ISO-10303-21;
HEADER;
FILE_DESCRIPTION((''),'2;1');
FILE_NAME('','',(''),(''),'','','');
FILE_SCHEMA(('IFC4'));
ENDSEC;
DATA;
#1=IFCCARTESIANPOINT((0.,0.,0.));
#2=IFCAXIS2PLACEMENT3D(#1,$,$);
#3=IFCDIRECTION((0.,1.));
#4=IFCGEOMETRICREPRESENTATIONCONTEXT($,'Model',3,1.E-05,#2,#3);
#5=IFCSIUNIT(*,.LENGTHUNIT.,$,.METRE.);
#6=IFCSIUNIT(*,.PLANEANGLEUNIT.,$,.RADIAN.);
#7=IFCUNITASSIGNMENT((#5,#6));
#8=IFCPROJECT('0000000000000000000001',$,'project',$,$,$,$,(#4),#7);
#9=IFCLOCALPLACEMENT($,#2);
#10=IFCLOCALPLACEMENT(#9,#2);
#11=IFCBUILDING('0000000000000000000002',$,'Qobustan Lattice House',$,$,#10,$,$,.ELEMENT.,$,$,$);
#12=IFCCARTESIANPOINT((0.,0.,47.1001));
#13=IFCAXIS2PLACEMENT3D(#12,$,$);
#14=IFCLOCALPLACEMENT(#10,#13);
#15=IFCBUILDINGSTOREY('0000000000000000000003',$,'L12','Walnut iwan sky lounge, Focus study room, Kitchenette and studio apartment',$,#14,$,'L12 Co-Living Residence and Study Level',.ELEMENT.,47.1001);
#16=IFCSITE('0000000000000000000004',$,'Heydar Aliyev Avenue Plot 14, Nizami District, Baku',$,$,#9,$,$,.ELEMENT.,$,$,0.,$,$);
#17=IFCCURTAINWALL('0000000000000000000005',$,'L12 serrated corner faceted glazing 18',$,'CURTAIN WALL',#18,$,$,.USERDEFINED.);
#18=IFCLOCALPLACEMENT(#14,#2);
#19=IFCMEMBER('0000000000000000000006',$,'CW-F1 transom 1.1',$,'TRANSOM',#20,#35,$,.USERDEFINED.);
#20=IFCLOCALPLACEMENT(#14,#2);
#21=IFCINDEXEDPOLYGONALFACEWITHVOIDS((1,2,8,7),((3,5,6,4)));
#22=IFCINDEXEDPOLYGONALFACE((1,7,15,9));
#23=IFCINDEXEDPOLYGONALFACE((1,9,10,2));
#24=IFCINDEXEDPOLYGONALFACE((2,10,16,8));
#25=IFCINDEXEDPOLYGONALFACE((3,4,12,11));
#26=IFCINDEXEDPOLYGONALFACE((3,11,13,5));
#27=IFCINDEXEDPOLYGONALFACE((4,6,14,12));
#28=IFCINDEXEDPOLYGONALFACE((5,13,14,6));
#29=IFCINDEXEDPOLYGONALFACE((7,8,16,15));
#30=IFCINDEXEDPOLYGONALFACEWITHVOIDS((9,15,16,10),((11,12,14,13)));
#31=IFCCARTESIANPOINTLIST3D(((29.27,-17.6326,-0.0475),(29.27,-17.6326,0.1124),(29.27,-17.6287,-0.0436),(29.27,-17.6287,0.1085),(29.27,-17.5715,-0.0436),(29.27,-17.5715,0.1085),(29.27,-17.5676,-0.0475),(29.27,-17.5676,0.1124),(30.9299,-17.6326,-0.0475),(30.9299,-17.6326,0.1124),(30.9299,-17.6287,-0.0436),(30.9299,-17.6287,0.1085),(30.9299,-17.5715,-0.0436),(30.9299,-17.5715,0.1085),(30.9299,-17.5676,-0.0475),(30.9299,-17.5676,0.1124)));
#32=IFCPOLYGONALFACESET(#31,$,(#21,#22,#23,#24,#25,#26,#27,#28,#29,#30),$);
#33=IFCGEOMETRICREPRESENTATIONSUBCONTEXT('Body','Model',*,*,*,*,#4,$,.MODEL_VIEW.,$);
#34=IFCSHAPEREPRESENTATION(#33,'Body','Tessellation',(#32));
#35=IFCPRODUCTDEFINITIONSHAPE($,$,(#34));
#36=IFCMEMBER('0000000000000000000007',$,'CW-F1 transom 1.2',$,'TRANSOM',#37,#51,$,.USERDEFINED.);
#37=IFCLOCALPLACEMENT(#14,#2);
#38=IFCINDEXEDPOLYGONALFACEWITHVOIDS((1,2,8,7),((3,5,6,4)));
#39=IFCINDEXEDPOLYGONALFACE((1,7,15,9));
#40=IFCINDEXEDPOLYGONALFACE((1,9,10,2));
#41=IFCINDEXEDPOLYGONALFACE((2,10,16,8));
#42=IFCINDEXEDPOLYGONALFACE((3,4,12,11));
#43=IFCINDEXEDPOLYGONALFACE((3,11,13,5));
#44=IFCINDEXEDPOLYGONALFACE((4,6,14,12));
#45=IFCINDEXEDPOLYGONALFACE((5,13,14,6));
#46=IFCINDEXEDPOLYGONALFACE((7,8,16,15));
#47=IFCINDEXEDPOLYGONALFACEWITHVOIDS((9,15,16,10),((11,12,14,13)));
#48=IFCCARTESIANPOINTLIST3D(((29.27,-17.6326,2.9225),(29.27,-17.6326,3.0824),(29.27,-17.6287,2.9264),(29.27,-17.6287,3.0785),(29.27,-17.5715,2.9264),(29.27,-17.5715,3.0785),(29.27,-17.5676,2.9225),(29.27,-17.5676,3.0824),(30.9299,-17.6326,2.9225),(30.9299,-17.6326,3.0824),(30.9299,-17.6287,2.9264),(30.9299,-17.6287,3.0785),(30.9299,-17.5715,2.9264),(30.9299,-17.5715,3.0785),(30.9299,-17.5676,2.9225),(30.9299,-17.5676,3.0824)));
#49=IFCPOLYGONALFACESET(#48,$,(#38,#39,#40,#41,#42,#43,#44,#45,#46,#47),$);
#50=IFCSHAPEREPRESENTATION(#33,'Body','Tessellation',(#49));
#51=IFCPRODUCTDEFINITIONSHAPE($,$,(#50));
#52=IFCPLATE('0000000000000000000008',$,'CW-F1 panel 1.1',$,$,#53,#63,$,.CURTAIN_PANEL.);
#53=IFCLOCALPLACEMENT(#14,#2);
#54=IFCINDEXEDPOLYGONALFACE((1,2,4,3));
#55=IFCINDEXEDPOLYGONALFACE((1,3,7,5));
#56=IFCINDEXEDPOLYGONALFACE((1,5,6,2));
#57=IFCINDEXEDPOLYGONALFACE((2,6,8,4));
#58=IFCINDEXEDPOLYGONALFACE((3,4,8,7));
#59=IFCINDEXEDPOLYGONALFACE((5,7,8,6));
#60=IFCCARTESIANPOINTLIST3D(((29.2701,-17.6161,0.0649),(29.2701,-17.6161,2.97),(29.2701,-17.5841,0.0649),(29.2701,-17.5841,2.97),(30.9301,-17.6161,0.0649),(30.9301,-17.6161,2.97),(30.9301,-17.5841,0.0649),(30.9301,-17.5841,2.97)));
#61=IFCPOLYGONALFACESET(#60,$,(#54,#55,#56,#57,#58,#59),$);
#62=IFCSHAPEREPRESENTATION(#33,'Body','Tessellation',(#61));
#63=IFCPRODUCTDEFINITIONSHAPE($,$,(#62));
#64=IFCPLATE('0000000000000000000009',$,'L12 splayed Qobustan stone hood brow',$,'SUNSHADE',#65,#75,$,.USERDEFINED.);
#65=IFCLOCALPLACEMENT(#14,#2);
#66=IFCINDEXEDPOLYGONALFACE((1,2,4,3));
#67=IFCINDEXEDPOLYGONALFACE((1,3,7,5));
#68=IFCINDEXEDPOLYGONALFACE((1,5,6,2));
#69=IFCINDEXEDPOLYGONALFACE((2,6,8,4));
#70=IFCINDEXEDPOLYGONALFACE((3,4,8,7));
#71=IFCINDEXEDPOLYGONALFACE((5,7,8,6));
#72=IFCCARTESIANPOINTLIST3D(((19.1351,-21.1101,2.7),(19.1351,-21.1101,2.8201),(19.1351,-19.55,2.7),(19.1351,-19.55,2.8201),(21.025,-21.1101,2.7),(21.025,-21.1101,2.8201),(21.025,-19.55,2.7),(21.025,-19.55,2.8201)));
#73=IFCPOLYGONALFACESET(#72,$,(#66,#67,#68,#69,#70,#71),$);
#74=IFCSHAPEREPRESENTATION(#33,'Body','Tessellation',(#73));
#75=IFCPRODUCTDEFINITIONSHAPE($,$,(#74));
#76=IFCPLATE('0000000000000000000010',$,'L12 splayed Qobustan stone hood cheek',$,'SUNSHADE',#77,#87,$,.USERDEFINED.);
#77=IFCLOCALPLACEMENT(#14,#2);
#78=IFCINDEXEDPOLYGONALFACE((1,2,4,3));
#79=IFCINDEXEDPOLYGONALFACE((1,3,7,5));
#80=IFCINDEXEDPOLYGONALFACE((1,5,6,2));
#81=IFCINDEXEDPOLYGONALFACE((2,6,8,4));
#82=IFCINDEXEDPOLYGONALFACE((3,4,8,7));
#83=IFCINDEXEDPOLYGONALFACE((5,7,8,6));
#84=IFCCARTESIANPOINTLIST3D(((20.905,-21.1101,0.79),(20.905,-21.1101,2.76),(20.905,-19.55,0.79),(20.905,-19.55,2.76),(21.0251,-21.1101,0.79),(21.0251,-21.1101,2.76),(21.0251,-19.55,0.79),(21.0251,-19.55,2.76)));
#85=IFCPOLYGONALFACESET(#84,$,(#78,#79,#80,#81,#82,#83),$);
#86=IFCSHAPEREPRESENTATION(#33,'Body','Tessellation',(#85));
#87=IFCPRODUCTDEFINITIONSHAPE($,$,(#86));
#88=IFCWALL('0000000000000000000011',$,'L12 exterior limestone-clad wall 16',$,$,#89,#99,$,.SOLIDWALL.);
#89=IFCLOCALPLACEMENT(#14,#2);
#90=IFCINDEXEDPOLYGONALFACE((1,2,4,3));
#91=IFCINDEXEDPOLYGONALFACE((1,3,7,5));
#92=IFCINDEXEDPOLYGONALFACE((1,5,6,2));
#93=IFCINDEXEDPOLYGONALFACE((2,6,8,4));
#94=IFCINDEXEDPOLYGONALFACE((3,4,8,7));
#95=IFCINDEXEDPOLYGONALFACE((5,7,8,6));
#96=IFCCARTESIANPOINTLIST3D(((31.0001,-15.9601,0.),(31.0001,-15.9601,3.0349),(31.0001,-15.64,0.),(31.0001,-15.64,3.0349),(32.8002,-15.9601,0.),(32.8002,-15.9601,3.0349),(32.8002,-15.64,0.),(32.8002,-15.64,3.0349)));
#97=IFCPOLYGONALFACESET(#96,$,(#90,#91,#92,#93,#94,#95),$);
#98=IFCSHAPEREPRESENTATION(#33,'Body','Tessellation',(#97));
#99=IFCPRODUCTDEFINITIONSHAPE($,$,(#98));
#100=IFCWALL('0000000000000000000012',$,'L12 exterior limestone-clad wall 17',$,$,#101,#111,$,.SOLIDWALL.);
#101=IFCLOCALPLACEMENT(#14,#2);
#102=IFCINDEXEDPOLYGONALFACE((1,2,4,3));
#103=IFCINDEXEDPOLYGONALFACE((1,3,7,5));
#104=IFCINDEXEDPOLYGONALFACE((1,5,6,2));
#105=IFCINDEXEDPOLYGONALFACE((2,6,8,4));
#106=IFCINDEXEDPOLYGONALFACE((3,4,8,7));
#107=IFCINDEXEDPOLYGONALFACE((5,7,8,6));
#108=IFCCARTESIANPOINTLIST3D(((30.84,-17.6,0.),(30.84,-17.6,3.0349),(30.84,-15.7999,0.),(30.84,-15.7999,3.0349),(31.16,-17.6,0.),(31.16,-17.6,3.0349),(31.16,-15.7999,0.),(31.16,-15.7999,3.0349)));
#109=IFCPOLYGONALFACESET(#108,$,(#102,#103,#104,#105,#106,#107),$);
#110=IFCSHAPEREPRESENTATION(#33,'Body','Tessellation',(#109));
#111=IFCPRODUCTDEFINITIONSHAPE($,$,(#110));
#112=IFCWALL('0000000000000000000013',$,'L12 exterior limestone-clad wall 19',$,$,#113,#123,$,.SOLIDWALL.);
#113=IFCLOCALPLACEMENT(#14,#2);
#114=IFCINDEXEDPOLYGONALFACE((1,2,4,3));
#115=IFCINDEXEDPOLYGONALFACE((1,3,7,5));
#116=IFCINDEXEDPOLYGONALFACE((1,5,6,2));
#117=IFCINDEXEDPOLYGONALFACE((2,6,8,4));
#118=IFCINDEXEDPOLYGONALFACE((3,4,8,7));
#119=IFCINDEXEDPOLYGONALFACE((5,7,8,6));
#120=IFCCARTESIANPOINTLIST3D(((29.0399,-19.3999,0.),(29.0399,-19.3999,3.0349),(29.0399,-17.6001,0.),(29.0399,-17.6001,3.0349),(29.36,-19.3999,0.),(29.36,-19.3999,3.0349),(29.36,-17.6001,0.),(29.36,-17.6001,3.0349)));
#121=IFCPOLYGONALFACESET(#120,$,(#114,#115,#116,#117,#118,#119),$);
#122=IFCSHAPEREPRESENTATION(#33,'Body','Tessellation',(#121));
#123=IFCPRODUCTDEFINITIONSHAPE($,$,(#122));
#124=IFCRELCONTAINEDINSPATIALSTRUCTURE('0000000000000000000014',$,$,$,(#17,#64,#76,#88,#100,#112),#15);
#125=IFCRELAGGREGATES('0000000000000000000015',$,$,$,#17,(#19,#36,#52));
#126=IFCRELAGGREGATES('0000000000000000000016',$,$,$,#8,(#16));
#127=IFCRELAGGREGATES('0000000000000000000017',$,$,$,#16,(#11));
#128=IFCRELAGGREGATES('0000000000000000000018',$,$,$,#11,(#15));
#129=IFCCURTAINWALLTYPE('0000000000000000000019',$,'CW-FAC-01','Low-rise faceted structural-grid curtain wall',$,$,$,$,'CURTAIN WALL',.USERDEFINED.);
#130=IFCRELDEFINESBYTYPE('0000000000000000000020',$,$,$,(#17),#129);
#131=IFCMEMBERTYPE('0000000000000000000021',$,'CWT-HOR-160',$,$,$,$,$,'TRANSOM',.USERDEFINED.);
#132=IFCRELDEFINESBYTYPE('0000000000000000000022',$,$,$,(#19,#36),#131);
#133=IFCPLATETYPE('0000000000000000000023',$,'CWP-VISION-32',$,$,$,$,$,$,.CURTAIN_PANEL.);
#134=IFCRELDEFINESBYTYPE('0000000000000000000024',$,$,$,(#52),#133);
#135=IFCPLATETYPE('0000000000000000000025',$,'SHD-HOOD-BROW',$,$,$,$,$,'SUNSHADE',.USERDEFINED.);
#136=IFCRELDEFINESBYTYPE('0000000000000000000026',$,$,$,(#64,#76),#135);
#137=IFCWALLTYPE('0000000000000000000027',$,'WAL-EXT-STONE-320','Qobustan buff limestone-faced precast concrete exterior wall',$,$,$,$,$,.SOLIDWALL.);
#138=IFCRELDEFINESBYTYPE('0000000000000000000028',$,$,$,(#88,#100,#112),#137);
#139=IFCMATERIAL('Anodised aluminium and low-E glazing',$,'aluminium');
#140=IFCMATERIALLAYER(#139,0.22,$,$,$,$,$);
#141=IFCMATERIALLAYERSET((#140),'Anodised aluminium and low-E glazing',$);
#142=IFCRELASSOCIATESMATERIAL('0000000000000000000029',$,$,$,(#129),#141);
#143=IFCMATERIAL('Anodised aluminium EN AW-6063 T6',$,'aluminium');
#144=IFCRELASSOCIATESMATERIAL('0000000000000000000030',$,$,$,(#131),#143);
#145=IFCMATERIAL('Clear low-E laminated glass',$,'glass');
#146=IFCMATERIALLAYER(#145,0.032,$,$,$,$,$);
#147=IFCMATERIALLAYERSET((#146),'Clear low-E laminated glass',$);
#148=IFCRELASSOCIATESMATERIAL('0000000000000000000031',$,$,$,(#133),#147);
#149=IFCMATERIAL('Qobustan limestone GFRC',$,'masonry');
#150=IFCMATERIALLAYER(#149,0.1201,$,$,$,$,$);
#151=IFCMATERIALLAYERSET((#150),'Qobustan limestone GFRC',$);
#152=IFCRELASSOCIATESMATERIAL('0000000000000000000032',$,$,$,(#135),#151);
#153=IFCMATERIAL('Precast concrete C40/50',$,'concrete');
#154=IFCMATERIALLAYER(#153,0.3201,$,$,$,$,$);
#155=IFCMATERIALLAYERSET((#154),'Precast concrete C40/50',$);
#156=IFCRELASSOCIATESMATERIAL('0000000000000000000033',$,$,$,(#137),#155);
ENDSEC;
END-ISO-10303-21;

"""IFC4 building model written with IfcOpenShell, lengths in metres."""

from ifc_helpers import new_model, si_unit, direction, frame, frame_2d, origin, origin_2d, place, context, subcontext, project, spatial, rectangle, hollow_rectangle, extrude, material, layer, layer_set, material_profile, profile_set, type_object, element, aggregate, save


model = new_model("IFC4")

# Units and contexts
model_context = context("Model", 3, precision=1e-05, world=origin(), true_north=direction((0.0, 1.0)))
body_context = subcontext(model_context, "Body", "Model", "MODEL_VIEW")
ifc_project = project(units=[si_unit("LENGTHUNIT", "METRE"), si_unit("PLANEANGLEUNIT", "RADIAN")], contexts=[model_context])

# Site, building, storey
site_placement = place(None, origin())
site = spatial("IfcSite", under=ifc_project, at=site_placement, Name="Heydar Aliyev Avenue Plot 14, Nizami District, Baku", CompositionType="ELEMENT", RefElevation=0.0)
building_placement = place(site_placement, origin())
building = spatial("IfcBuilding", under=site, at=building_placement, Name="Qobustan Lattice House", CompositionType="ELEMENT")
storey_placement = place(building_placement, frame((0.0, 0.0, 47.1001)))
storey = spatial("IfcBuildingStorey", under=building, at=storey_placement, Name="L12", Description="Walnut iwan sky lounge, Focus study room, Kitchenette and studio apartment", LongName="L12 Co-Living Residence and Study Level", CompositionType="ELEMENT", Elevation=47.1001)

# Curtain wall, members, plate
ifc_material_1 = material(Name="Anodised aluminium and low-E glazing", Category="aluminium")
ifc_layer_1 = layer(ifc_material_1, 0.22)
ifc_layer_set_1 = layer_set([ifc_layer_1], Name="Anodised aluminium and low-E glazing")
curtain_wall_type = type_object("IfcCurtainWallType", Name="CW-FAC-01", Description="Low-rise faceted structural-grid curtain wall", ElementType="CURTAIN WALL", PredefinedType="USERDEFINED", material=ifc_layer_set_1)
curtain_wall_placement = place(storey_placement, origin())
curtain_wall = element("IfcCurtainWall", 1, at=curtain_wall_placement, inside=storey, type_object=curtain_wall_type, Name="L12 serrated corner faceted glazing 18", ObjectType="CURTAIN WALL", PredefinedType="USERDEFINED")
ifc_material_2 = material(Name="Anodised aluminium EN AW-6063 T6", Category="aluminium")
ifc_material_profile_1 = material_profile(ifc_material_2, hollow_rectangle(XDim=0.0649, YDim=0.1599, WallThickness=0.0039, at=origin_2d()), Name="CWT-160x65")
ifc_profile_set_1 = profile_set([ifc_material_profile_1], Name="Anodised aluminium EN AW-6063 T6")
member_type_1 = type_object("IfcMemberType", Name="CWT-HOR-160", ElementType="TRANSOM", PredefinedType="USERDEFINED", material=ifc_profile_set_1)
member_1_placement = place(storey_placement, frame((30.9299, -17.6001, 0.0325), z_axis=(-1.0, 0.0, 0.0), x_axis=(0.0, -1.0, 0.0)))
member_1 = element("IfcMember", 2, at=member_1_placement, type_object=member_type_1, Name="CW-F1 transom 1.1", ObjectType="TRANSOM", PredefinedType="USERDEFINED", context=body_context, shape_type="SweptSolid", body=[
    extrude(hollow_rectangle(XDim=0.0649, YDim=0.1599, WallThickness=0.0039, at=origin_2d()), origin(), (0.0, 0.0, 1.0), 1.6599),
])
member_2_placement = place(storey_placement, frame((30.9299, -17.6001, 3.0024), z_axis=(-1.0, 0.0, 0.0), x_axis=(0.0, -1.0, 0.0)))
member_2 = element("IfcMember", 3, at=member_2_placement, type_object=member_type_1, Name="CW-F1 transom 1.2", ObjectType="TRANSOM", PredefinedType="USERDEFINED", context=body_context, shape_type="SweptSolid", body=[
    extrude(hollow_rectangle(XDim=0.0649, YDim=0.1599, WallThickness=0.0039, at=origin_2d()), origin(), (0.0, 0.0, 1.0), 1.6599),
])
ifc_material_3 = material(Name="Clear low-E laminated glass", Category="glass")
ifc_layer_2 = layer(ifc_material_3, 0.032)
ifc_layer_set_2 = layer_set([ifc_layer_2], Name="Clear low-E laminated glass")
plate_type_1 = type_object("IfcPlateType", Name="CWP-VISION-32", PredefinedType="CURTAIN_PANEL", material=ifc_layer_set_2)
plate_1_placement = place(storey_placement, frame((30.1001, -17.6001, 0.0649), z_axis=(0.0, 0.0, 1.0), x_axis=(-1.0, 0.0, 0.0)))
plate_1 = element("IfcPlate", 4, at=plate_1_placement, type_object=plate_type_1, Name="CW-F1 panel 1.1", PredefinedType="CURTAIN_PANEL", context=body_context, shape_type="SweptSolid", body=[
    extrude(rectangle(XDim=1.6599, YDim=0.032, at=origin_2d()), origin(), (0.0, 0.0, 1.0), 2.905),
])
aggregate(curtain_wall, [member_1, member_2, plate_1])

# Plates
ifc_material_4 = material(Name="Qobustan limestone GFRC", Category="masonry")
ifc_layer_3 = layer(ifc_material_4, 0.1201)
ifc_layer_set_3 = layer_set([ifc_layer_3], Name="Qobustan limestone GFRC")
plate_type_2 = type_object("IfcPlateType", Name="SHD-HOOD-BROW", ElementType="SUNSHADE", PredefinedType="USERDEFINED", material=ifc_layer_set_3)
plate_2_placement = place(storey_placement, frame((20.0801, -20.3301, 2.7), z_axis=(0.0, 0.0, 1.0), x_axis=(-1.0, 0.0, 0.0)))
element("IfcPlate", 5, at=plate_2_placement, inside=storey, type_object=plate_type_2, Name="L12 splayed Qobustan stone hood brow", ObjectType="SUNSHADE", PredefinedType="USERDEFINED", context=body_context, shape_type="SweptSolid", body=[
    extrude(rectangle(XDim=1.8899, YDim=1.5601, at=origin_2d()), origin(), (0.0, 0.0, 1.0), 0.1201),
])
plate_3_placement = place(storey_placement, frame((20.9651, -20.3301, 0.79), z_axis=(0.0, 0.0, 1.0), x_axis=(-1.0, 0.0, 0.0)))
element("IfcPlate", 6, at=plate_3_placement, inside=storey, type_object=plate_type_2, Name="L12 splayed Qobustan stone hood cheek", ObjectType="SUNSHADE", PredefinedType="USERDEFINED", context=body_context, shape_type="SweptSolid", body=[
    extrude(rectangle(XDim=0.1201, YDim=1.5601, at=origin_2d()), origin(), (0.0, 0.0, 1.0), 1.97),
])

# Walls
ifc_material_5 = material(Name="Precast concrete C40/50", Category="concrete")
ifc_layer_4 = layer(ifc_material_5, 0.3201)
ifc_layer_set_4 = layer_set([ifc_layer_4], Name="Precast concrete C40/50")
wall_type = type_object("IfcWallType", Name="WAL-EXT-STONE-320", Description="Qobustan buff limestone-faced precast concrete exterior wall", PredefinedType="SOLIDWALL", material=ifc_layer_set_4)
for number, where, z_axis, x_axis, name in (
    (7, (32.8, -15.8, 0.0), (0.0, 0.0, 1.0), (-1.0, 0.0, 0.0), "L12 exterior limestone-clad wall 16"),
    (8, (31.0, -15.8, 0.0), (0.0, 0.0, 1.0), (0.0, -1.0, 0.0), "L12 exterior limestone-clad wall 17"),
):
    element("IfcWall", number, at=place(storey_placement, frame(where, z_axis=z_axis, x_axis=x_axis)), inside=storey, type_object=wall_type, Name=name, PredefinedType="SOLIDWALL", context=body_context, shape_type="SweptSolid", body=[
        extrude(rectangle(XDim=1.8, YDim=0.3201, at=frame_2d((0.8999, 0.0))), origin(), (0.0, 0.0, 1.0), 3.0349),
    ])
wall_1_placement = place(storey_placement, frame((29.2, -17.6001, 0.0), z_axis=(0.0, 0.0, 1.0), x_axis=(0.0, -1.0, 0.0)))
element("IfcWall", 9, at=wall_1_placement, inside=storey, type_object=wall_type, Name="L12 exterior limestone-clad wall 19", PredefinedType="SOLIDWALL", context=body_context, shape_type="SweptSolid", body=[
    extrude(rectangle(XDim=1.7998, YDim=0.3201, at=frame_2d((0.8999, 0.0))), origin(), (0.0, 0.0, 1.0), 3.0349),
])

save(model, "model.ifc")
